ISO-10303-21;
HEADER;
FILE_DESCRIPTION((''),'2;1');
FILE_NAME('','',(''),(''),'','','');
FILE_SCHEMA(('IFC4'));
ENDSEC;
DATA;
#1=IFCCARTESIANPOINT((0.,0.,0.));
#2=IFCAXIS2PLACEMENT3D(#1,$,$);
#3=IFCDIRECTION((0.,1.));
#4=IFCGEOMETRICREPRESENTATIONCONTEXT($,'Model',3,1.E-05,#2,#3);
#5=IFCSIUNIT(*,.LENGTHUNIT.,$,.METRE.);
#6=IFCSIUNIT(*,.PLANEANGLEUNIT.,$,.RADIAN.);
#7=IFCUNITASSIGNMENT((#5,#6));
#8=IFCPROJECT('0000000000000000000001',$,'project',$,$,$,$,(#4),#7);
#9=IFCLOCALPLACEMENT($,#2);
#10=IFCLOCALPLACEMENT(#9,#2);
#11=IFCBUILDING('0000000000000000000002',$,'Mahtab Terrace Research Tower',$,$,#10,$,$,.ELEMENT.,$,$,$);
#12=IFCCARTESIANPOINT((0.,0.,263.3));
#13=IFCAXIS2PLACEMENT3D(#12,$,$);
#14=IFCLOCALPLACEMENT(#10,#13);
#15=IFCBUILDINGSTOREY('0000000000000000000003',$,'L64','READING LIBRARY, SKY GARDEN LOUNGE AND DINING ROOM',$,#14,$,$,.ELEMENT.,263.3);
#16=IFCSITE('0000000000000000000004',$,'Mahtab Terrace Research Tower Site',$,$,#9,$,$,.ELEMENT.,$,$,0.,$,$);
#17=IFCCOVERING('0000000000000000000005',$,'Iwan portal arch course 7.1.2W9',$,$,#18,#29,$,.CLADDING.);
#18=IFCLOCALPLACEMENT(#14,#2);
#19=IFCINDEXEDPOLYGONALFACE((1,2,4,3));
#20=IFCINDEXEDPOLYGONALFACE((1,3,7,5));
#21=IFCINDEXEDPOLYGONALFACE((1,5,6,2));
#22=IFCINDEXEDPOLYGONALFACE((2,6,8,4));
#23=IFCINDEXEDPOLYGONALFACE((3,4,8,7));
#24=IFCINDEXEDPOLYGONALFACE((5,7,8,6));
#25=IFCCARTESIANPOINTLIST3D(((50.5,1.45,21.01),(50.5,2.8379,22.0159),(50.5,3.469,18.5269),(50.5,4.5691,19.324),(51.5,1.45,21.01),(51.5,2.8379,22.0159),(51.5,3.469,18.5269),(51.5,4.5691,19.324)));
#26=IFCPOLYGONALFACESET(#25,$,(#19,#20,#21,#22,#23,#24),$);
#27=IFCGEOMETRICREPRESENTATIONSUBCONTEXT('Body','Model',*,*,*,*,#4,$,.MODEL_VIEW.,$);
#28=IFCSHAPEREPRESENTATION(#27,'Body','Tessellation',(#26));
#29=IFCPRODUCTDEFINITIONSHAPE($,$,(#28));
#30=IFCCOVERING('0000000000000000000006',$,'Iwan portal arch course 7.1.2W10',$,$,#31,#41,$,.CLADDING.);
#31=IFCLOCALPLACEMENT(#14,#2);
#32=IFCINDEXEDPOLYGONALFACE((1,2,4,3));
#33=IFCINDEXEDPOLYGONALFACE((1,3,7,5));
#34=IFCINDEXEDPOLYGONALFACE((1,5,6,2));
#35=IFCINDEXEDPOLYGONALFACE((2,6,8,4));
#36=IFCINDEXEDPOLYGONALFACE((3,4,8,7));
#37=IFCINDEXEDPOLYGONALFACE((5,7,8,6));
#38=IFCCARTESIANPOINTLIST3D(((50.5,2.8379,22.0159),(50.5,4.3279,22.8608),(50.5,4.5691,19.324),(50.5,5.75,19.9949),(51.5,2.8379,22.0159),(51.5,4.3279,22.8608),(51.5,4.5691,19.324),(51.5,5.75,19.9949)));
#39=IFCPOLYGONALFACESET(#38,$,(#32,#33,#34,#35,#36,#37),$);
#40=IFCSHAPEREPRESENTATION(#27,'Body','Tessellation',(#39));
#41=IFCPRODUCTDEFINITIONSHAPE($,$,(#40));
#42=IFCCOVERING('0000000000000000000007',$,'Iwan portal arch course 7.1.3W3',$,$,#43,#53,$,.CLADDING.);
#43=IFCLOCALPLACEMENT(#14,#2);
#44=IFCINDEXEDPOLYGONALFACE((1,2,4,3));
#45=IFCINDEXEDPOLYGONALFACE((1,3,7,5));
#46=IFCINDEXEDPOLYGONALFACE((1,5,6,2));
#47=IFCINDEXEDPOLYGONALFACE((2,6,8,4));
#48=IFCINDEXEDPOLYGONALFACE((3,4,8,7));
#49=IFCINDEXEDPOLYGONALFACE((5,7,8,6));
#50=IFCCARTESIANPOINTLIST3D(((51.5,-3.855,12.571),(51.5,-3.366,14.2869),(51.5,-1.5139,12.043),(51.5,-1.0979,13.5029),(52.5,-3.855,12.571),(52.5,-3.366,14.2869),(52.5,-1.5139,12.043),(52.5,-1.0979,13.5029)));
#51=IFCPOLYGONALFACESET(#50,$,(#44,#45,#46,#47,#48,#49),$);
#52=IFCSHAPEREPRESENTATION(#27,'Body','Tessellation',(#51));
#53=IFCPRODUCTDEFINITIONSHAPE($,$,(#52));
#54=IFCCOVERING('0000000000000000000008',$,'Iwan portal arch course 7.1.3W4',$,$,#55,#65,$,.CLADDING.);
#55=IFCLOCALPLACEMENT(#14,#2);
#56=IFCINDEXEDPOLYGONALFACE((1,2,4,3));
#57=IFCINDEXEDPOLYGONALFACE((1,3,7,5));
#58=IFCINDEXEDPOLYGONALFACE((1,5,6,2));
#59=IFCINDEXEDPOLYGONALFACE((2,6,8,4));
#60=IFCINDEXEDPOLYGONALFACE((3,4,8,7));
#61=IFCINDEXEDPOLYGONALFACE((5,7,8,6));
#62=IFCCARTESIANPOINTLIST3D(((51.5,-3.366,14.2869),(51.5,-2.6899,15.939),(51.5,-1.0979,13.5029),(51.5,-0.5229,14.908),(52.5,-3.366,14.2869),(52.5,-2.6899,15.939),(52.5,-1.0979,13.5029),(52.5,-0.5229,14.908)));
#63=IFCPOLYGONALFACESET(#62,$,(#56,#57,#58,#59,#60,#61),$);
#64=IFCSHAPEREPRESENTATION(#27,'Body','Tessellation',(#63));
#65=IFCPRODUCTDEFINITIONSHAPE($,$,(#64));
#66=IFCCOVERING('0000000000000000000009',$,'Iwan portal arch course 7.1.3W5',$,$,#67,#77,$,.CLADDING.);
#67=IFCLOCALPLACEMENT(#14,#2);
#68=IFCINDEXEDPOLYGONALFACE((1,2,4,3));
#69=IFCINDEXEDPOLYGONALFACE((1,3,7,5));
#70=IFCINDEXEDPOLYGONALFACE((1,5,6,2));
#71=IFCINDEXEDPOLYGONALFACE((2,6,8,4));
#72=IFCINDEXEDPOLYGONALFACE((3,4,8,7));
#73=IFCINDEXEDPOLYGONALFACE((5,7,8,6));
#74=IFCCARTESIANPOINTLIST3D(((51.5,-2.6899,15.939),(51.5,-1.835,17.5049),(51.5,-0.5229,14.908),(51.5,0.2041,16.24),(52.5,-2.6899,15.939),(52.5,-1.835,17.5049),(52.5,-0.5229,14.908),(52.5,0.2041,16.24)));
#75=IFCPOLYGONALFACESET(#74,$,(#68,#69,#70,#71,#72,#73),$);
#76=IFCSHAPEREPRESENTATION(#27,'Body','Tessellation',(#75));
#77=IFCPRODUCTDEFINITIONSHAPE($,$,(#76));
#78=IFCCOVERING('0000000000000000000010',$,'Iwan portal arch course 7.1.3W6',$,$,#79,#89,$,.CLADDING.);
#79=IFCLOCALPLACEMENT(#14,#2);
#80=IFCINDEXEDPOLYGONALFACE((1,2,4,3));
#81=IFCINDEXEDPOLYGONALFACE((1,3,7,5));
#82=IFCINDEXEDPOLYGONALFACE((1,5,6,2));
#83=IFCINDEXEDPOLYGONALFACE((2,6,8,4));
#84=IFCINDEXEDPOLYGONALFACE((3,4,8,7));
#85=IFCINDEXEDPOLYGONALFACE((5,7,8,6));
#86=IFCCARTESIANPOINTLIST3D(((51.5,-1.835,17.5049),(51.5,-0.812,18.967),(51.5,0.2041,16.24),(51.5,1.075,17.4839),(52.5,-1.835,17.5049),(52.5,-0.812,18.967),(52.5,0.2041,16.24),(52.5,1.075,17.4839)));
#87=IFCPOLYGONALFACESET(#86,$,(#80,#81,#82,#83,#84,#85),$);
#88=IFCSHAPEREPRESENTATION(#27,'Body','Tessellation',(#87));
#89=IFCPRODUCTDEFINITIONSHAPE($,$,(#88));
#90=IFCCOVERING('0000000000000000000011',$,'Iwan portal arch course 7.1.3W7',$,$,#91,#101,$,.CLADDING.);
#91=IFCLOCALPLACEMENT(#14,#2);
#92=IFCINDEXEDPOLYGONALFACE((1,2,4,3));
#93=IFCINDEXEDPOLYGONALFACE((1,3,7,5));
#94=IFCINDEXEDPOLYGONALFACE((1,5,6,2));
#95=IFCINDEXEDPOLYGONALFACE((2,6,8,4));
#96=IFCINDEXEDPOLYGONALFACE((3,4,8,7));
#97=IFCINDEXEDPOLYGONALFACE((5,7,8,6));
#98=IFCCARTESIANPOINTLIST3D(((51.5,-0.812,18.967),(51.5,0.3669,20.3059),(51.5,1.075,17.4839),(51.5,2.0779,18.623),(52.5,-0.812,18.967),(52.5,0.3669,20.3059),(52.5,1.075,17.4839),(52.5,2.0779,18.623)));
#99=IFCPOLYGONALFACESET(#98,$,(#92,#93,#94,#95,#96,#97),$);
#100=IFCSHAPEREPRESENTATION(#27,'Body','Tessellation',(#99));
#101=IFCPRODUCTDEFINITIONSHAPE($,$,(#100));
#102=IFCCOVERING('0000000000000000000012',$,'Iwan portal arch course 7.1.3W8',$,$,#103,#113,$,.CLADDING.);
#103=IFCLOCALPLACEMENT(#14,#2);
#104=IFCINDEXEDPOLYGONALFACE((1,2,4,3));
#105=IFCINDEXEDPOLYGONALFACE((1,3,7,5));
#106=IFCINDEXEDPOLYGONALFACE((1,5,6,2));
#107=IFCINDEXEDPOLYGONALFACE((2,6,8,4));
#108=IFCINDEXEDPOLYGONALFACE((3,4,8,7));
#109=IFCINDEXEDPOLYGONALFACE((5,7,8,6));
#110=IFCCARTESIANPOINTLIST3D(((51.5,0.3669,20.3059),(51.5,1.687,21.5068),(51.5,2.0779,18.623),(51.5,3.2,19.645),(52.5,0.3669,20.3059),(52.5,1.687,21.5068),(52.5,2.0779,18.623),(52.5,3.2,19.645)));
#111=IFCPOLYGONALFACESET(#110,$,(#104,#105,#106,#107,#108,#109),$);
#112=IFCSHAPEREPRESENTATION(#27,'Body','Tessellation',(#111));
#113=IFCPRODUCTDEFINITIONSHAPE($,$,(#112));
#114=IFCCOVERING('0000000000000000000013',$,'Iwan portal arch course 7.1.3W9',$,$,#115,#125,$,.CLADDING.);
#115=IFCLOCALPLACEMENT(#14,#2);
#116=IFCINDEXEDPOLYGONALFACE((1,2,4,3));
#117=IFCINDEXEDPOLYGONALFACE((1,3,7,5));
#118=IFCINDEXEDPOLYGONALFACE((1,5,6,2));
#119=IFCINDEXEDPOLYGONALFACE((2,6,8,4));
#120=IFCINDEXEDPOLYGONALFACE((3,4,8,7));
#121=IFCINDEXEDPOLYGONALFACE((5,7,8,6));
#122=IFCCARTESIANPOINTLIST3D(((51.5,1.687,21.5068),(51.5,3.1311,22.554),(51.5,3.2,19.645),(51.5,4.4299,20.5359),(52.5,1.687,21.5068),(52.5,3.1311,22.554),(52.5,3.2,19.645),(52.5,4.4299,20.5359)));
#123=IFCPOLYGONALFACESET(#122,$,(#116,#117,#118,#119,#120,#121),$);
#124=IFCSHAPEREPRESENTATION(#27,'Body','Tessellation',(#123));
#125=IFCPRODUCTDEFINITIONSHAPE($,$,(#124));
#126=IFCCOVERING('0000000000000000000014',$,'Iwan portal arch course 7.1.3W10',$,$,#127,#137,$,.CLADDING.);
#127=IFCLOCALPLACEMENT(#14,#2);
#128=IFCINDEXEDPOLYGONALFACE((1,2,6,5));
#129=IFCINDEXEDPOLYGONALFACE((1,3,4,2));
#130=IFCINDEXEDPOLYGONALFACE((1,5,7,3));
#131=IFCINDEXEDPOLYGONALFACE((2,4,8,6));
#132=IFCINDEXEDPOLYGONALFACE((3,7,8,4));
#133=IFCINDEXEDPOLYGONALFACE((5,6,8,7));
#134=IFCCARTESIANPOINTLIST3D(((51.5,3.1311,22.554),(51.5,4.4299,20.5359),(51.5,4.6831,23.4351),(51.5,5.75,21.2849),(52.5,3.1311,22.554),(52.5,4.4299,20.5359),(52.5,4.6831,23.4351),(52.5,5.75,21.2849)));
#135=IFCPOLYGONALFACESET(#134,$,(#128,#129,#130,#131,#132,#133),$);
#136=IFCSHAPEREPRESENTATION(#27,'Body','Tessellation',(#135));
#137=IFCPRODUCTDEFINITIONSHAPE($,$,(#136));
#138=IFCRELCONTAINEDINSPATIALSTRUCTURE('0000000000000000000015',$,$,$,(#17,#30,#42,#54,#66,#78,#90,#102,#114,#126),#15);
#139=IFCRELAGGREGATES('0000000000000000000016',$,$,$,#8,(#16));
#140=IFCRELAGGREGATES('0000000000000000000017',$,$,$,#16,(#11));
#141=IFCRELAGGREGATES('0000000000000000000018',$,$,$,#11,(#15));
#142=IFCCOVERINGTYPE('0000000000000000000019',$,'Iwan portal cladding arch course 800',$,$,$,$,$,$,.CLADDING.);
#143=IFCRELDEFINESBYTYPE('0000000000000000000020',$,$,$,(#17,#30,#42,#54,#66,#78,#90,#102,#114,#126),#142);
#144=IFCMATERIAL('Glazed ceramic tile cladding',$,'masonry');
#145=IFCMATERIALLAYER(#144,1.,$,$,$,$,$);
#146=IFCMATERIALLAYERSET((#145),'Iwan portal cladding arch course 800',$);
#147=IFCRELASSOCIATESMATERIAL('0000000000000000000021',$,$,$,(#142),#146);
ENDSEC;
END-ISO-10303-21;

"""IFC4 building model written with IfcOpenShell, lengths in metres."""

from ifc_helpers import new_model, si_unit, direction, frame, origin, place, context, subcontext, project, spatial, polyline, outline, extrude, material, layer, layer_set, type_object, element, save


model = new_model("IFC4")

# Units and contexts
model_context = context("Model", 3, precision=1e-05, world=origin(), true_north=direction((0.0, 1.0)))
body_context = subcontext(model_context, "Body", "Model", "MODEL_VIEW")
ifc_project = project(units=[si_unit("LENGTHUNIT", "METRE"), si_unit("PLANEANGLEUNIT", "RADIAN")], contexts=[model_context])

# Site, building, storey
site_placement = place(None, origin())
site = spatial("IfcSite", under=ifc_project, at=site_placement, Name="Mahtab Terrace Research Tower Site", CompositionType="ELEMENT", RefElevation=0.0)
building_placement = place(site_placement, origin())
building = spatial("IfcBuilding", under=site, at=building_placement, Name="Mahtab Terrace Research Tower", CompositionType="ELEMENT")
storey_placement = place(building_placement, frame((0.0, 0.0, 263.3)))
storey = spatial("IfcBuildingStorey", under=building, at=storey_placement, Name="L64", Description="READING LIBRARY, SKY GARDEN LOUNGE AND DINING ROOM", CompositionType="ELEMENT", Elevation=263.3)

# Coverings
ifc_material = material(Name="Glazed ceramic tile cladding", Category="masonry")
ifc_layer = layer(ifc_material, 1.0)
ifc_layer_set = layer_set([ifc_layer], Name="Iwan portal cladding arch course 800")
covering_type = type_object("IfcCoveringType", Name="Iwan portal cladding arch course 800", PredefinedType="CLADDING", material=ifc_layer_set)
covering_1_placement = place(storey_placement, frame((50.5, 1.45, 21.01), z_axis=(-1.0, 0.0, 0.0), x_axis=(0.0, 0.80972, 0.586816)))
element("IfcCovering", 1, at=covering_1_placement, inside=storey, type_object=covering_type, Name="Iwan portal arch course 7.1.2W9", PredefinedType="CLADDING", context=body_context, shape_type="SweptSolid", body=[
    extrude(outline(polyline([(0.0, 0.0), (1.7141, 0.0), (1.5362, 3.1956), (0.1777, 3.1955), (0.0, 0.0)])), origin(), (0.0, 0.0, -1.0), 1.0),
])
covering_2_placement = place(storey_placement, frame((50.5, 2.8379, 22.0159), z_axis=(-1.0, 0.0, 0.0), x_axis=(0.0, 0.869861, 0.493297)))
element("IfcCovering", 2, at=covering_2_placement, inside=storey, type_object=covering_type, Name="Iwan portal arch course 7.1.2W10", PredefinedType="CLADDING", context=body_context, shape_type="SweptSolid", body=[
    extrude(outline(polyline([(0.0, 0.0), (1.7129, 0.0), (1.5362, 3.1945), (0.178, 3.1956), (0.0, 0.0)])), origin(), (0.0, 0.0, -1.0), 1.0),
])
covering_3_placement = place(storey_placement, frame((51.5, -3.855, 12.571), z_axis=(-1.0, 0.0, 0.0), x_axis=(0.0, 0.274089, 0.961704)))
element("IfcCovering", 3, at=covering_3_placement, inside=storey, type_object=covering_type, Name="Iwan portal arch course 7.1.3W3", PredefinedType="CLADDING", context=body_context, shape_type="SweptSolid", body=[
    extrude(outline(polyline([(0.0, 0.0), (1.7841, 0.0), (1.6519, 2.3961), (0.1338, 2.3962), (0.0, 0.0)])), origin(), (0.0, 0.0, -1.0), 1.0),
])
covering_4_placement = place(storey_placement, frame((51.5, -3.366, 14.2869), z_axis=(-1.0, 0.0, 0.0), x_axis=(0.0, 0.378713, 0.925514)))
element("IfcCovering", 4, at=covering_4_placement, inside=storey, type_object=covering_type, Name="Iwan portal arch course 7.1.3W4", PredefinedType="CLADDING", context=body_context, shape_type="SweptSolid", body=[
    extrude(outline(polyline([(0.0, 0.0), (1.7851, 0.0), (1.6515, 2.396), (0.1334, 2.396), (0.0, 0.0)])), origin(), (0.0, 0.0, -1.0), 1.0),
])
covering_5_placement = place(storey_placement, frame((51.5, -2.6899, 15.939), z_axis=(-1.0, 0.0, 0.0), x_axis=(0.0, 0.479216, 0.877697)))
element("IfcCovering", 5, at=covering_5_placement, inside=storey, type_object=covering_type, Name="Iwan portal arch course 7.1.3W5", PredefinedType="CLADDING", context=body_context, shape_type="SweptSolid", body=[
    extrude(outline(polyline([(0.0, 0.0), (1.7841, 0.0), (1.6511, 2.3958), (0.1335, 2.396), (0.0, 0.0)])), origin(), (0.0, 0.0, -1.0), 1.0),
])
covering_6_placement = place(storey_placement, frame((51.5, -1.835, 17.5049), z_axis=(-1.0, 0.0, 0.0), x_axis=(0.0, 0.573251, 0.81938)))
element("IfcCovering", 6, at=covering_6_placement, inside=storey, type_object=covering_type, Name="Iwan portal arch course 7.1.3W6", PredefinedType="CLADDING", context=body_context, shape_type="SweptSolid", body=[
    extrude(outline(polyline([(0.0, 0.0), (1.7845, 0.0), (1.6509, 2.3964), (0.1325, 2.3959), (0.0, 0.0)])), origin(), (0.0, 0.0, -1.0), 1.0),
])
covering_7_placement = place(storey_placement, frame((51.5, -0.812, 18.967), z_axis=(-1.0, 0.0, 0.0), x_axis=(0.0, 0.660865, 0.750504)))
element("IfcCovering", 7, at=covering_7_placement, inside=storey, type_object=covering_type, Name="Iwan portal arch course 7.1.3W7", PredefinedType="CLADDING", context=body_context, shape_type="SweptSolid", body=[
    extrude(outline(polyline([(0.0, 0.0), (1.784, 0.0), (1.6517, 2.3962), (0.1339, 2.3963), (0.0, 0.0)])), origin(), (0.0, 0.0, -1.0), 1.0),
])
covering_8_placement = place(storey_placement, frame((51.5, 0.3669, 20.3059), z_axis=(-1.0, 0.0, 0.0), x_axis=(0.0, 0.739699, 0.672938)))
element("IfcCovering", 8, at=covering_8_placement, inside=storey, type_object=covering_type, Name="Iwan portal arch course 7.1.3W8", PredefinedType="CLADDING", context=body_context, shape_type="SweptSolid", body=[
    extrude(outline(polyline([(0.0, 0.0), (1.7846, 0.0), (1.6508, 2.3953), (0.1331, 2.3962), (0.0, 0.0)])), origin(), (0.0, 0.0, -1.0), 1.0),
])
covering_9_placement = place(storey_placement, frame((51.5, 1.687, 21.5068), z_axis=(-1.0, 0.0, 0.0), x_axis=(0.0, 0.80957, 0.587024)))
element("IfcCovering", 9, at=covering_9_placement, inside=storey, type_object=covering_type, Name="Iwan portal arch course 7.1.3W9", PredefinedType="CLADDING", context=body_context, shape_type="SweptSolid", body=[
    extrude(outline(polyline([(0.0, 0.0), (1.7838, 0.0), (1.6506, 2.3962), (0.1319, 2.3954), (0.0, 0.0)])), origin(), (0.0, 0.0, -1.0), 1.0),
])
covering_10_placement = place(storey_placement, frame((51.5, 3.1311, 22.554), z_axis=(-1.0, 0.0, 0.0), x_axis=(0.0, 0.869629, 0.493706)))
element("IfcCovering", 10, at=covering_10_placement, inside=storey, type_object=covering_type, Name="Iwan portal arch course 7.1.3W10", PredefinedType="CLADDING", context=body_context, shape_type="SweptSolid", body=[
    extrude(outline(polyline([(0.0, 0.0), (1.7847, 0.0), (1.6509, 2.3966), (0.1332, 2.3962), (0.0, 0.0)])), origin(), (0.0, 0.0, -1.0), 1.0),
])

save(model, "model.ifc")
